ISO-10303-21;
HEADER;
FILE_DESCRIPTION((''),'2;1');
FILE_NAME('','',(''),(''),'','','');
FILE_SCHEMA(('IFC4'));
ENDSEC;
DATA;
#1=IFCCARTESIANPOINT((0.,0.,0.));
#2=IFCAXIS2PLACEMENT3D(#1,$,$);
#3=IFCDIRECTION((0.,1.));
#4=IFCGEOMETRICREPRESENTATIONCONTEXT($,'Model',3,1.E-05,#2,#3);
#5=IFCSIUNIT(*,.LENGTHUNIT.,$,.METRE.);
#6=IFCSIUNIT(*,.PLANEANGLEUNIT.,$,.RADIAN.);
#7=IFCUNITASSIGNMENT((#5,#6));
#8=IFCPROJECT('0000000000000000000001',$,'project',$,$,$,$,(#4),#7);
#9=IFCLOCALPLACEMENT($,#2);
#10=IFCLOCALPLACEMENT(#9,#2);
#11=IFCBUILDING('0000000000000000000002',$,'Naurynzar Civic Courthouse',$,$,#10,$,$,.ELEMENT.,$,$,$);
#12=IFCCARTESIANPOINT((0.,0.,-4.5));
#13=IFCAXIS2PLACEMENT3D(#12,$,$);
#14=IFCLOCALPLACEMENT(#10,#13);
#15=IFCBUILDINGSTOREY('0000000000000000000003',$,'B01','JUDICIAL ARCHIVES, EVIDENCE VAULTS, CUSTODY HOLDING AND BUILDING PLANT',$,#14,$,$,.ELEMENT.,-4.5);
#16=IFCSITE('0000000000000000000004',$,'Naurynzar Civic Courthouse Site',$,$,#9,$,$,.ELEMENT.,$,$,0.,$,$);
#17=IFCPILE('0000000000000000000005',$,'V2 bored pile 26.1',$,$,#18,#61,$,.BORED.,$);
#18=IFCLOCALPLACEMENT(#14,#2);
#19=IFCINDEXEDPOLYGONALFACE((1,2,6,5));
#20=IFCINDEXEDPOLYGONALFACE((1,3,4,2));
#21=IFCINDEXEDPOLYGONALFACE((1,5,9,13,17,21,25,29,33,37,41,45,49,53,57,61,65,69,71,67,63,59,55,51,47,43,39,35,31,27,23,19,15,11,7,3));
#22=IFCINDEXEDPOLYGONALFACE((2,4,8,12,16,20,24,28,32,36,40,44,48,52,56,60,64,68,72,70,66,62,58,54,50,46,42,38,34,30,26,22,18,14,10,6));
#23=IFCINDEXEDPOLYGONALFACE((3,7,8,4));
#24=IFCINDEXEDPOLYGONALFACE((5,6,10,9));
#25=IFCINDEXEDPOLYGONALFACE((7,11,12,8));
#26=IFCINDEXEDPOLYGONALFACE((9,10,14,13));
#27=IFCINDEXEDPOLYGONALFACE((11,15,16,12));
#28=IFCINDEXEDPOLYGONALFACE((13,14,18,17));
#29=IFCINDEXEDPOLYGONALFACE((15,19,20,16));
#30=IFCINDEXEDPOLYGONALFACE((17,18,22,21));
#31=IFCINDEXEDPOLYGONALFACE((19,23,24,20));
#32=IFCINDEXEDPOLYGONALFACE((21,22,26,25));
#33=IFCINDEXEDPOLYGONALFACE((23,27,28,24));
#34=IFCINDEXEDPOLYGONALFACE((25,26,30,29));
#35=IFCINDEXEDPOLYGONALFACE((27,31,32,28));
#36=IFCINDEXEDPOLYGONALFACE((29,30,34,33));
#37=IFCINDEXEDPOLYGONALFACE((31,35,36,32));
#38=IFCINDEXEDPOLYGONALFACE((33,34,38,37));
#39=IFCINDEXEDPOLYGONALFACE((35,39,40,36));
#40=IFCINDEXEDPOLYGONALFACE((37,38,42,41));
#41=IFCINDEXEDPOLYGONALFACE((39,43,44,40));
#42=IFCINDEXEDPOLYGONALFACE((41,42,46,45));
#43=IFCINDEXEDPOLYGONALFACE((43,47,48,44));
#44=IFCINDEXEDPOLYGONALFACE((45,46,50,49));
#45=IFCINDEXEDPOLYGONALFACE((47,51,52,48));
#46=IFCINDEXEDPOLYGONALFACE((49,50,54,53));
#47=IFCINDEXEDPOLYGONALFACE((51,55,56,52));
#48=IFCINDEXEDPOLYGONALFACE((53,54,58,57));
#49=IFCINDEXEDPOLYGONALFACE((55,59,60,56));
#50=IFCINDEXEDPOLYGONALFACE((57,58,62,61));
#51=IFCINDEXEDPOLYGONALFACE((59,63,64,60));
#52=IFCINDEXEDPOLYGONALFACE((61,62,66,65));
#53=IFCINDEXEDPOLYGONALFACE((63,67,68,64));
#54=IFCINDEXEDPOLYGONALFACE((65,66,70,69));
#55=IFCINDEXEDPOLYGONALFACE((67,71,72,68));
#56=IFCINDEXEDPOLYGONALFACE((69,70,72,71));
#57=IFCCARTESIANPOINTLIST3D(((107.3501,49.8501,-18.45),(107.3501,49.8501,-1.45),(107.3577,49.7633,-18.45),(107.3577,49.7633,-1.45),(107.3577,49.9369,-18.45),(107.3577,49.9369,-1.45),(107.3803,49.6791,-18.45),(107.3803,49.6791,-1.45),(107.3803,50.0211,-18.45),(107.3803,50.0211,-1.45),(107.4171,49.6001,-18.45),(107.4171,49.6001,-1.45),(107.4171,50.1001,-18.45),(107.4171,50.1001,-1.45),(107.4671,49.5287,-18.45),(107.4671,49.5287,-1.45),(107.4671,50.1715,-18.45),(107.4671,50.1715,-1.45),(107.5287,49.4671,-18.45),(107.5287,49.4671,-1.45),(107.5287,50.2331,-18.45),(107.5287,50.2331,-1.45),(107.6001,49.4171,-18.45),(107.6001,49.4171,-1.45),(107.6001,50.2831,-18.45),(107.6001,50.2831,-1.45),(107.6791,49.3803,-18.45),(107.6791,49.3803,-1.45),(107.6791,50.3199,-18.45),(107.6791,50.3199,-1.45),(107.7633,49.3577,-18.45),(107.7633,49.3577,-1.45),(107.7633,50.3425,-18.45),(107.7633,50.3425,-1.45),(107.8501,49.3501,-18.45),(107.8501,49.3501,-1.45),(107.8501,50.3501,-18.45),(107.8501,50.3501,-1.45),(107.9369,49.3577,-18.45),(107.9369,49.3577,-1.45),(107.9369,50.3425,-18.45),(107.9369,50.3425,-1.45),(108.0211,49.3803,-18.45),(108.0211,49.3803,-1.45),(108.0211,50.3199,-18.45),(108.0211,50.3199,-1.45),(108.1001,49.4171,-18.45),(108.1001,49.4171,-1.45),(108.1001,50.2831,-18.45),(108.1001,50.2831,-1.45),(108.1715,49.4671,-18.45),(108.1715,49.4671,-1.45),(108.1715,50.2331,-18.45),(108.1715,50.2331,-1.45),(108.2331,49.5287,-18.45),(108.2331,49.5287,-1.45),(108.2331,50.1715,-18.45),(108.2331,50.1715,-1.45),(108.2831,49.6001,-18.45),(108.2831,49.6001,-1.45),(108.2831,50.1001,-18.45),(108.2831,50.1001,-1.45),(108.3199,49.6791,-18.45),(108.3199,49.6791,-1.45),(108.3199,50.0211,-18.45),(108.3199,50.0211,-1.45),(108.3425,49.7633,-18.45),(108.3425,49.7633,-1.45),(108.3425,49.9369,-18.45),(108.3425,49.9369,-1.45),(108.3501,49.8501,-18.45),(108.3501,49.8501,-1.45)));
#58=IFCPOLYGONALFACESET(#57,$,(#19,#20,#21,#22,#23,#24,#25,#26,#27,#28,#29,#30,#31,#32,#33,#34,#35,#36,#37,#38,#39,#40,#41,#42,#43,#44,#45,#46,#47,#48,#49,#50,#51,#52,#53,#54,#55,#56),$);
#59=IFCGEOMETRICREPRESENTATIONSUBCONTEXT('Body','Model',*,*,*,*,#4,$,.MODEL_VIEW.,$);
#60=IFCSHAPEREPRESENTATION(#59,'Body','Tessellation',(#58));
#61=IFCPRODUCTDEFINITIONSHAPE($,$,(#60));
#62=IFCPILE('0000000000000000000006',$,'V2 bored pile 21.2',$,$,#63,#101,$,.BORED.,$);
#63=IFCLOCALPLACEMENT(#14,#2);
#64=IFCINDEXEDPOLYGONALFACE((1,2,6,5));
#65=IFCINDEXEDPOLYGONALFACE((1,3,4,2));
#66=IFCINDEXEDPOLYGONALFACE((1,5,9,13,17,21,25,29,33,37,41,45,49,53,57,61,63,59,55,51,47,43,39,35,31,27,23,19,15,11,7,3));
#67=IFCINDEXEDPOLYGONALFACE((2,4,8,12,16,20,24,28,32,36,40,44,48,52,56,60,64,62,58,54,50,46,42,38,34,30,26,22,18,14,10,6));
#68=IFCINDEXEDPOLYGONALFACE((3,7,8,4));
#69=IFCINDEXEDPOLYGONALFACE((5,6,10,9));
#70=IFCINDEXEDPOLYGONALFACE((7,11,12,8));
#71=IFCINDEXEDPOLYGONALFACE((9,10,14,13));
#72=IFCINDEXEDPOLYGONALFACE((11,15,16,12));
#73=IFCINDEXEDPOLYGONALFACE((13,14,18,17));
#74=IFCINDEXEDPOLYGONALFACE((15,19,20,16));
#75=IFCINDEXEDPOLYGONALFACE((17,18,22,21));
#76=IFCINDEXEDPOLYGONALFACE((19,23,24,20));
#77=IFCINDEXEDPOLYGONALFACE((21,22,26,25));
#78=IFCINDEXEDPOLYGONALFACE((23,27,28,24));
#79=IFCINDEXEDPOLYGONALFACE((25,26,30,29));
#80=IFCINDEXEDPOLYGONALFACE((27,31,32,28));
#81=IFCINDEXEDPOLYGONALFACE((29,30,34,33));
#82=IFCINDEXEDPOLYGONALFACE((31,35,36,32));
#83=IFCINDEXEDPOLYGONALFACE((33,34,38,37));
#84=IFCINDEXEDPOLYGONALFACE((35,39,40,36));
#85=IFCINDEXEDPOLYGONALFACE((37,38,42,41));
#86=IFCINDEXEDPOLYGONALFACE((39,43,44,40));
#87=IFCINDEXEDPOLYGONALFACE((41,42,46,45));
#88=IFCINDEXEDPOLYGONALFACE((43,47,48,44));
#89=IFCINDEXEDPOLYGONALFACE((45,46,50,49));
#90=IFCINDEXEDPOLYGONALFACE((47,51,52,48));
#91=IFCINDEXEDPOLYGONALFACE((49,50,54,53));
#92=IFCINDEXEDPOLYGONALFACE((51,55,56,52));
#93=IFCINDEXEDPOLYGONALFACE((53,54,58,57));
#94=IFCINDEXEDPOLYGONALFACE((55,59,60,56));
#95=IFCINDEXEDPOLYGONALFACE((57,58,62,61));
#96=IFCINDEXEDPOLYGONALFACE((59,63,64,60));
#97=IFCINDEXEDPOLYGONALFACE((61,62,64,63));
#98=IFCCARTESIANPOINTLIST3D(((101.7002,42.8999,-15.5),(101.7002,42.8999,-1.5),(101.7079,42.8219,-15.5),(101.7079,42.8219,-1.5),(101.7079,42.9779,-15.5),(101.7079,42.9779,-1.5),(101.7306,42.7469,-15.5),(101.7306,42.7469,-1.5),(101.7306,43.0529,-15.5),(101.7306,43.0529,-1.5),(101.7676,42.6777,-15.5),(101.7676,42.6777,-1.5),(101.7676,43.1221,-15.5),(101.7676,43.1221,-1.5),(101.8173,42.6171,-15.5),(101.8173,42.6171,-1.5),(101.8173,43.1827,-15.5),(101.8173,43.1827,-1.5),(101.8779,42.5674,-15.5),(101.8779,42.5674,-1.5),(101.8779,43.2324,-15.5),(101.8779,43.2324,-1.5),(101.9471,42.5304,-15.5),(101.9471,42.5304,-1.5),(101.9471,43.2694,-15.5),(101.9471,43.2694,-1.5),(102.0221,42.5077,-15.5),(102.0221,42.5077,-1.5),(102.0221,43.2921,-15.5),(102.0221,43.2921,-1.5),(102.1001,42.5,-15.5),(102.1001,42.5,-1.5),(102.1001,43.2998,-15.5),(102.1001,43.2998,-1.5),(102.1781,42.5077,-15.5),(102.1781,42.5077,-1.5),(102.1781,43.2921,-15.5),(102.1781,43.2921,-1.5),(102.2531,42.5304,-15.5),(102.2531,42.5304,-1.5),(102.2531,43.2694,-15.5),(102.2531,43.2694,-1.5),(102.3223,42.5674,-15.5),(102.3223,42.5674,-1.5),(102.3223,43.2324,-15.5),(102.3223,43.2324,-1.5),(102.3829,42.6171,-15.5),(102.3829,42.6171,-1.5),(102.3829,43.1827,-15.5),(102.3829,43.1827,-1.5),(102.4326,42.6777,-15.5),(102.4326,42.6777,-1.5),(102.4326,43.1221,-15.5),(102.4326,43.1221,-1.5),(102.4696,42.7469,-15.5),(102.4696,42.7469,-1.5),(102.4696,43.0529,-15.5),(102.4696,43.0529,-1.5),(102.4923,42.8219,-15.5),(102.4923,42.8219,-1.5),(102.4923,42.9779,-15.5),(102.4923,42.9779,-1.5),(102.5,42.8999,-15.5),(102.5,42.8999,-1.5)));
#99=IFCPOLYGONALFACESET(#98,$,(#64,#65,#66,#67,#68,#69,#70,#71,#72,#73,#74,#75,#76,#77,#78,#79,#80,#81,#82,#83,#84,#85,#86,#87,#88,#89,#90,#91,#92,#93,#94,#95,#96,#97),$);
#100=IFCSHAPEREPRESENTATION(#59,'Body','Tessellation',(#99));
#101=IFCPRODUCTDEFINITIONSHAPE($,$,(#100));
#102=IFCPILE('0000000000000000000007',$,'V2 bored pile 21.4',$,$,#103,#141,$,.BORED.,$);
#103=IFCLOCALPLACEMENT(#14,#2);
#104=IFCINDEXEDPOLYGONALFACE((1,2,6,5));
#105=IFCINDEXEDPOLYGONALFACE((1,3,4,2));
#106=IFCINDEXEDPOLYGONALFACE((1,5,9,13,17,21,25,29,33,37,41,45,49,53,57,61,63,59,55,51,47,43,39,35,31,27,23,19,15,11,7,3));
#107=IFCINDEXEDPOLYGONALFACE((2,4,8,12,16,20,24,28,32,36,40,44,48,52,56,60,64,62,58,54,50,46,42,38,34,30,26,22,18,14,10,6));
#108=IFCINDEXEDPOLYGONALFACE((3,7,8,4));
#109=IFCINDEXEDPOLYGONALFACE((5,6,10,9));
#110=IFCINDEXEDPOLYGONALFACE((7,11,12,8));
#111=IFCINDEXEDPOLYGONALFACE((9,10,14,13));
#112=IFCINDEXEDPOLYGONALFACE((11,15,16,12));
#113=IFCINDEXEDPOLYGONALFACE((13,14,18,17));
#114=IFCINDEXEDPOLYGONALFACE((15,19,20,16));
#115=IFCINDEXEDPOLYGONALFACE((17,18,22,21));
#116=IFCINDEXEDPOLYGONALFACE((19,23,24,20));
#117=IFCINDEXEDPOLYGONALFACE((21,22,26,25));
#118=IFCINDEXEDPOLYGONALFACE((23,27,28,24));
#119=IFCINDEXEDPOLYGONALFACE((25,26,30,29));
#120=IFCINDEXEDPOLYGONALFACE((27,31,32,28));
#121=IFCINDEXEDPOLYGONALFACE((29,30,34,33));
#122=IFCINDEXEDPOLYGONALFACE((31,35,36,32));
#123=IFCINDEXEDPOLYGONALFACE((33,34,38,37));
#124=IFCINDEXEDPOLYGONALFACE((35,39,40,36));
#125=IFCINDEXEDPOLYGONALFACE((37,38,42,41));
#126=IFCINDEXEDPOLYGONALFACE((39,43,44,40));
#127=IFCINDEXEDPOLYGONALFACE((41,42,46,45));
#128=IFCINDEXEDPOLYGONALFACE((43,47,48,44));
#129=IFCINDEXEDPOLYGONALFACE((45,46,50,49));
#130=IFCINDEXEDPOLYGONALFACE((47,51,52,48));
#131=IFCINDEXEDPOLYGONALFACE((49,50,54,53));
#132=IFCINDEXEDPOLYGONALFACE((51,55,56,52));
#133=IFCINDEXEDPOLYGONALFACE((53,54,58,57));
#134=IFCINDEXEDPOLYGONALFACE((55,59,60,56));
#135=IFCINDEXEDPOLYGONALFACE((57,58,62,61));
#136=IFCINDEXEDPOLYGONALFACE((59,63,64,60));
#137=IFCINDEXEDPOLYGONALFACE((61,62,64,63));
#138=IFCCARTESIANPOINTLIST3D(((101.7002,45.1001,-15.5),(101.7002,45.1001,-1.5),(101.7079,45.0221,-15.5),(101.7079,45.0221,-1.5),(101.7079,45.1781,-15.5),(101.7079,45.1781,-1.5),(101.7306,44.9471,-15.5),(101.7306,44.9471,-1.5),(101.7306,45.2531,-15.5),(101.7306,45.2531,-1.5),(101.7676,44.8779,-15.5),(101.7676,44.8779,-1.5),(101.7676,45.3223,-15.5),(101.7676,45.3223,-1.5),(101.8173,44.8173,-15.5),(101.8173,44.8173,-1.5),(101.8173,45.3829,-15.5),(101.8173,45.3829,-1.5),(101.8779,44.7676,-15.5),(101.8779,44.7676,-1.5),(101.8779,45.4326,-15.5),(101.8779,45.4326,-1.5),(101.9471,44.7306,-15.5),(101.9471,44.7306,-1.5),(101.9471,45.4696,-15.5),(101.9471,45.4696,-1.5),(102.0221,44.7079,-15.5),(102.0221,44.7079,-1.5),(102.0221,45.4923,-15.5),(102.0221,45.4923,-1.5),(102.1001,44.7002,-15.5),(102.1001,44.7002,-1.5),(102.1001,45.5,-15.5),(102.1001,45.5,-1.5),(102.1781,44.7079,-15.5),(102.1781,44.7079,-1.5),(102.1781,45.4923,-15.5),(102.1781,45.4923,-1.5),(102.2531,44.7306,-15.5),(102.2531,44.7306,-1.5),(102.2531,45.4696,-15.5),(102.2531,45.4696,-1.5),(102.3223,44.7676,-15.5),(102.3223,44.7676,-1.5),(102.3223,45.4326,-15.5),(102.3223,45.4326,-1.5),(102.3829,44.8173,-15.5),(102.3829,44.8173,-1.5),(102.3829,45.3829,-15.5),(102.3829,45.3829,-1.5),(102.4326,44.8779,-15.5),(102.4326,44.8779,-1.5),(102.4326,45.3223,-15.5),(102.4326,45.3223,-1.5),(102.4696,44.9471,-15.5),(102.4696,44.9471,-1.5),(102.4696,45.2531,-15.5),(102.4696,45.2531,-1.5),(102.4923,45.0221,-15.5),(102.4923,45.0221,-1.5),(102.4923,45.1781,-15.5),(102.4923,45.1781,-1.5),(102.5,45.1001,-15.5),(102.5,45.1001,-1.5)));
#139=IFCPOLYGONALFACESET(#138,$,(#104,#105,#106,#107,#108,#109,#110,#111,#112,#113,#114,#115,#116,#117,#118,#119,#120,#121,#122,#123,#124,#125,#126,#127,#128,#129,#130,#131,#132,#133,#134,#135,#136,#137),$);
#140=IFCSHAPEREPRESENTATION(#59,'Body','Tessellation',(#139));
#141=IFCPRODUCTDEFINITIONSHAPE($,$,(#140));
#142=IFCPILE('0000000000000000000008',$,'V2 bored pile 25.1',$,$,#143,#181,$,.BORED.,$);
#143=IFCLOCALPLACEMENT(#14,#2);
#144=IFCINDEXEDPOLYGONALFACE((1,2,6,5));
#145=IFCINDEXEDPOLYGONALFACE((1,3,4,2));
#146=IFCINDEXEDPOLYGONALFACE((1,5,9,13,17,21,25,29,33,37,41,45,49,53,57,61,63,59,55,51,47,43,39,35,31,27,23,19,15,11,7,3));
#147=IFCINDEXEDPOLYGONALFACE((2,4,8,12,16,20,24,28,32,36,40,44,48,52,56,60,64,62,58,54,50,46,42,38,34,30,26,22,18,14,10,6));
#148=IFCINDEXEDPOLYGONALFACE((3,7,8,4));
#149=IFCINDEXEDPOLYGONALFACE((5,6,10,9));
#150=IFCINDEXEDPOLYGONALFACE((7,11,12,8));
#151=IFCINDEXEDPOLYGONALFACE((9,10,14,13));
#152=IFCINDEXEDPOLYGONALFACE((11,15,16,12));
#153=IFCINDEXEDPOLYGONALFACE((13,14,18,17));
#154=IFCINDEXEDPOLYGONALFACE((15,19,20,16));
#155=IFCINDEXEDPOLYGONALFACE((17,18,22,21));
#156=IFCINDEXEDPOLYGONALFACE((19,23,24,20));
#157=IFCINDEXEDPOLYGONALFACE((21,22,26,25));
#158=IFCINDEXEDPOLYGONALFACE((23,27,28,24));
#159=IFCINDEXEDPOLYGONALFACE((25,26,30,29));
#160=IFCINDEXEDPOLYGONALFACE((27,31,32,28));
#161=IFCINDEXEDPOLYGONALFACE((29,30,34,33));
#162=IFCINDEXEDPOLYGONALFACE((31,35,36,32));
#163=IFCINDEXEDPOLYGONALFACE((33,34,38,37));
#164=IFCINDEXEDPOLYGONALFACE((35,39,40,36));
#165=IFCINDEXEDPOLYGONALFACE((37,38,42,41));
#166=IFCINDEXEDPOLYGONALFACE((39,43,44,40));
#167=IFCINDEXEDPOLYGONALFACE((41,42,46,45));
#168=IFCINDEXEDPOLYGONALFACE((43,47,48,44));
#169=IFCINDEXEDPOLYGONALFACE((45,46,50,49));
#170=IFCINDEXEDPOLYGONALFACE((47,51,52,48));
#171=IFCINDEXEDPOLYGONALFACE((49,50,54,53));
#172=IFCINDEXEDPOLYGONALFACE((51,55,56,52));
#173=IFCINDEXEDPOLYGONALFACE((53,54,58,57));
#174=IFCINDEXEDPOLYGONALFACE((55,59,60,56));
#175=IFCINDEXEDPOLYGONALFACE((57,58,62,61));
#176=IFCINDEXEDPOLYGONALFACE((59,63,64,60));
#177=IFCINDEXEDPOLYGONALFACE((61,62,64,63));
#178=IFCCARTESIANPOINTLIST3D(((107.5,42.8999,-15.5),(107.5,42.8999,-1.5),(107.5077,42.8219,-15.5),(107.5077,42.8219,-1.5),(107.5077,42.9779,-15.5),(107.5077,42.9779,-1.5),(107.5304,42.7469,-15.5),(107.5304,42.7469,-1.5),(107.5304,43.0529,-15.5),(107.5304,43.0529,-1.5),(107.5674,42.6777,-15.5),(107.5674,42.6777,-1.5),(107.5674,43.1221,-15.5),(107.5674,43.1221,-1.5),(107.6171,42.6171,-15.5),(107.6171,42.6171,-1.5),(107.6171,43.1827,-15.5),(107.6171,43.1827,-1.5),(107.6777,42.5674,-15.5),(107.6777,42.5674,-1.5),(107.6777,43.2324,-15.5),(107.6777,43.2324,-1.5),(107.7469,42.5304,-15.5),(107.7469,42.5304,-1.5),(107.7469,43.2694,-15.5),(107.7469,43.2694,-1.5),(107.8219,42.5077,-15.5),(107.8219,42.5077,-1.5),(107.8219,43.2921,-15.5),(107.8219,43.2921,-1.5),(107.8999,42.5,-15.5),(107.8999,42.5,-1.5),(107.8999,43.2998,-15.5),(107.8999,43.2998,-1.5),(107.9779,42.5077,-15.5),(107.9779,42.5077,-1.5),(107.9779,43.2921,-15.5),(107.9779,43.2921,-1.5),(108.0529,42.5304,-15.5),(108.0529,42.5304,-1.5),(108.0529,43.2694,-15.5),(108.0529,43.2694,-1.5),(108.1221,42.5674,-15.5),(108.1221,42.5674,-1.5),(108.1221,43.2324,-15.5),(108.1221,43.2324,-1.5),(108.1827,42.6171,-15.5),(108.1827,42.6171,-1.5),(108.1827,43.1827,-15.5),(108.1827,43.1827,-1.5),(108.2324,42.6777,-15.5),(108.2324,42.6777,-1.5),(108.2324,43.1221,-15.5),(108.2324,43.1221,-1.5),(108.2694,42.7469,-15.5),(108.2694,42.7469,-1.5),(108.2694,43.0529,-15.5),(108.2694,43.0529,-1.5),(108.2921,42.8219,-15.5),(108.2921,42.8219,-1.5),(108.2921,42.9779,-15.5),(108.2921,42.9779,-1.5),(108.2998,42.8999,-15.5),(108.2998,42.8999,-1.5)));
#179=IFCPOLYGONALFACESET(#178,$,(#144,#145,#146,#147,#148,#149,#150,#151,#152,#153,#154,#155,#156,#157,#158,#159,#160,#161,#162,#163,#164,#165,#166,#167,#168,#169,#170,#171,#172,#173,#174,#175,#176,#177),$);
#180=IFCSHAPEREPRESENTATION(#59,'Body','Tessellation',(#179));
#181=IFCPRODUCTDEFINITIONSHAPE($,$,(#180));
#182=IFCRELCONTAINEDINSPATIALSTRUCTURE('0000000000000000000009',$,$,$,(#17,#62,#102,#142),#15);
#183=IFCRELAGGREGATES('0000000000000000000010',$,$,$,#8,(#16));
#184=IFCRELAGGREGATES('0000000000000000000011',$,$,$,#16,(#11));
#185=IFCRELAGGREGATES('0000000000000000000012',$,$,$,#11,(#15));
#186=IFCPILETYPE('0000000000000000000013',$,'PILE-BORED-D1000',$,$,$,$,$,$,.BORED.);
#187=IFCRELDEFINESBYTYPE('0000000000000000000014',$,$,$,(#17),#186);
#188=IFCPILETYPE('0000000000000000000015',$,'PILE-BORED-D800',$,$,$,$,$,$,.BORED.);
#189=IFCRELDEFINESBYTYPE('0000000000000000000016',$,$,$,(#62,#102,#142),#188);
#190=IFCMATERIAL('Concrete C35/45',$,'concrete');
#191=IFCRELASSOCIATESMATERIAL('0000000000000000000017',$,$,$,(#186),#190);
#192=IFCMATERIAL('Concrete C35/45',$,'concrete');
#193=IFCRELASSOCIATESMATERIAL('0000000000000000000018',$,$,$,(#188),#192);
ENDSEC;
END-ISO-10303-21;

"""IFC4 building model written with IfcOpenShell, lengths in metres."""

from ifc_helpers import new_model, si_unit, direction, frame, origin, origin_2d, place, context, subcontext, project, spatial, circle, extrude, material, material_profile, profile_set, type_object, element, save


model = new_model("IFC4")

# Units and contexts
model_context = context("Model", 3, precision=1e-05, world=origin(), true_north=direction((0.0, 1.0)))
body_context = subcontext(model_context, "Body", "Model", "MODEL_VIEW")
ifc_project = project(units=[si_unit("LENGTHUNIT", "METRE"), si_unit("PLANEANGLEUNIT", "RADIAN")], contexts=[model_context])

# Site, building, storey
site_placement = place(None, origin())
site = spatial("IfcSite", under=ifc_project, at=site_placement, Name="Naurynzar Civic Courthouse Site", CompositionType="ELEMENT", RefElevation=0.0)
building_placement = place(site_placement, origin())
building = spatial("IfcBuilding", under=site, at=building_placement, Name="Naurynzar Civic Courthouse", CompositionType="ELEMENT")
storey_placement = place(building_placement, frame((0.0, 0.0, -4.5)))
storey = spatial("IfcBuildingStorey", under=building, at=storey_placement, Name="B01", Description="JUDICIAL ARCHIVES, EVIDENCE VAULTS, CUSTODY HOLDING AND BUILDING PLANT", CompositionType="ELEMENT", Elevation=-4.5)

# Piles
ifc_material_1 = material(Name="Concrete C35/45", Category="concrete")
ifc_material_profile_1 = material_profile(ifc_material_1, circle(Radius=0.5, at=origin_2d()), Name="PILE D1000")
ifc_profile_set_1 = profile_set([ifc_material_profile_1], Name="Concrete C35/45")
pile_type_1 = type_object("IfcPileType", Name="PILE-BORED-D1000", PredefinedType="BORED", material=ifc_profile_set_1)
for number, where, z_axis, x_axis, name in (
    (1, (107.8501, 49.8501, -1.45), (0.0, 0.0, -1.0), (1.0, 0.0, 0.0), "V2 bored pile 26.1"),
):
    element("IfcPile", number, at=place(storey_placement, frame(where, z_axis=z_axis, x_axis=x_axis)), inside=storey, type_object=pile_type_1, Name=name, PredefinedType="BORED", context=body_context, shape_type="SweptSolid", body=[
        extrude(circle(Radius=0.5, at=origin_2d()), origin(), (0.0, 0.0, 1.0), 17.0),
    ])
ifc_material_2 = material(Name="Concrete C35/45", Category="concrete")
ifc_material_profile_2 = material_profile(ifc_material_2, circle(Radius=0.3999, at=origin_2d()), Name="PILE D800")
ifc_profile_set_2 = profile_set([ifc_material_profile_2], Name="Concrete C35/45")
pile_type_2 = type_object("IfcPileType", Name="PILE-BORED-D800", PredefinedType="BORED", material=ifc_profile_set_2)
for number, where, z_axis, x_axis, name in (
    (2, (102.1001, 42.8999, -1.5), (0.0, 0.0, -1.0), (1.0, 0.0, 0.0), "V2 bored pile 21.2"),
    (3, (102.1001, 45.1001, -1.5), (0.0, 0.0, -1.0), (1.0, 0.0, 0.0), "V2 bored pile 21.4"),
    (4, (107.8999, 42.8999, -1.5), (0.0, 0.0, -1.0), (1.0, 0.0, 0.0), "V2 bored pile 25.1"),
):
    element("IfcPile", number, at=place(storey_placement, frame(where, z_axis=z_axis, x_axis=x_axis)), inside=storey, type_object=pile_type_2, Name=name, PredefinedType="BORED", context=body_context, shape_type="SweptSolid", body=[
        extrude(circle(Radius=0.3999, at=origin_2d()), origin(), (0.0, 0.0, 1.0), 14.0),
    ])

save(model, "model.ifc")
